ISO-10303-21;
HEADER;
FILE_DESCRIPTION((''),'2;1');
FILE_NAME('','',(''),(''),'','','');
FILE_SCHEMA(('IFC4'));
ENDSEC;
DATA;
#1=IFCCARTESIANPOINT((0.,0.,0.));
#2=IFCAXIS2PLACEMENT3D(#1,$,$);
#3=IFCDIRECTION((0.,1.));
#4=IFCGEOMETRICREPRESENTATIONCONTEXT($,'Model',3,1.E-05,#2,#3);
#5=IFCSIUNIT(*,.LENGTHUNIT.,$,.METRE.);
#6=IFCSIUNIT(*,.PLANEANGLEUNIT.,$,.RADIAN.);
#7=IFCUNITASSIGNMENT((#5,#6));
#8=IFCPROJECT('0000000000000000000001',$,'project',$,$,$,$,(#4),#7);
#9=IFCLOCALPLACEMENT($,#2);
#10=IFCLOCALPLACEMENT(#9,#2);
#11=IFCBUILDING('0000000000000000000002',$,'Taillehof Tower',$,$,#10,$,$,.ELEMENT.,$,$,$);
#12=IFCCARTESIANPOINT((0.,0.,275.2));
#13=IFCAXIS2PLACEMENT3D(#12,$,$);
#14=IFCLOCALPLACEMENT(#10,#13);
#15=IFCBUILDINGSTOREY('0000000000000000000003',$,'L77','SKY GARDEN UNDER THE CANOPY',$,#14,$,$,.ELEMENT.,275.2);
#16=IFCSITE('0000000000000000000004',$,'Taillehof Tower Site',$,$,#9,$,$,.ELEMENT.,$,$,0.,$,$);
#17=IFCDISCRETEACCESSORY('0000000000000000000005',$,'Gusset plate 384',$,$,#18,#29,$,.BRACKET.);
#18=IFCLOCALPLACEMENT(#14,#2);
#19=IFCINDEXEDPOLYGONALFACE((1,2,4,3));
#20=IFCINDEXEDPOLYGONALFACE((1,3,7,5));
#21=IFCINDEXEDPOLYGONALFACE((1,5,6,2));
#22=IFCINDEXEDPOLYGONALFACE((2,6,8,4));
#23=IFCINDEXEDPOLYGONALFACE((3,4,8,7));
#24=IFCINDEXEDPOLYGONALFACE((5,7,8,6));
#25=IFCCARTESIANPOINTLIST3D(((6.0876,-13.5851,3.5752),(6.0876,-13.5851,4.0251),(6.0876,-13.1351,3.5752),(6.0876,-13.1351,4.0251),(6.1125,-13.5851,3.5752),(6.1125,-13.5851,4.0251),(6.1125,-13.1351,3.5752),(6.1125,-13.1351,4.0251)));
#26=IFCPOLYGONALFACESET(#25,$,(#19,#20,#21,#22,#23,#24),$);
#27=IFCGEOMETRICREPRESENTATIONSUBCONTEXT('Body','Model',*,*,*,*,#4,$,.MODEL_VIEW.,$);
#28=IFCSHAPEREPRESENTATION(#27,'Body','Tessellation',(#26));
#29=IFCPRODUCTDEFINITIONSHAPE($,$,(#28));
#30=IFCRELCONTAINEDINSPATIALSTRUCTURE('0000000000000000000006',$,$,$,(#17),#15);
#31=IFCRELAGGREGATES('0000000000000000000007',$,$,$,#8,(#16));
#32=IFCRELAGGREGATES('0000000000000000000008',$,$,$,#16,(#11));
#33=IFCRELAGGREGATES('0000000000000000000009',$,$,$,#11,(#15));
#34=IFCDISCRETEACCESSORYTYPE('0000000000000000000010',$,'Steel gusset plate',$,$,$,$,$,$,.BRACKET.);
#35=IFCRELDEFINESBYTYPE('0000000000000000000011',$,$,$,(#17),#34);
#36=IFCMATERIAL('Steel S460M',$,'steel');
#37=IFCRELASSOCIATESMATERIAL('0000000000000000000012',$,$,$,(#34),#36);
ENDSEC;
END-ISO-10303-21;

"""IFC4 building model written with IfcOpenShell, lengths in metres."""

from ifc_helpers import new_model, si_unit, direction, frame, origin, origin_2d, place, context, subcontext, project, spatial, rectangle, extrude, material, type_object, element, save


model = new_model("IFC4")

# Units and contexts
model_context = context("Model", 3, precision=1e-05, world=origin(), true_north=direction((0.0, 1.0)))
body_context = subcontext(model_context, "Body", "Model", "MODEL_VIEW")
ifc_project = project(units=[si_unit("LENGTHUNIT", "METRE"), si_unit("PLANEANGLEUNIT", "RADIAN")], contexts=[model_context])

# Site, building, storey
site_placement = place(None, origin())
site = spatial("IfcSite", under=ifc_project, at=site_placement, Name="Taillehof Tower Site", CompositionType="ELEMENT", RefElevation=0.0)
building_placement = place(site_placement, origin())
building = spatial("IfcBuilding", under=site, at=building_placement, Name="Taillehof Tower", CompositionType="ELEMENT")
storey_placement = place(building_placement, frame((0.0, 0.0, 275.2)))
storey = spatial("IfcBuildingStorey", under=building, at=storey_placement, Name="L77", Description="SKY GARDEN UNDER THE CANOPY", CompositionType="ELEMENT", Elevation=275.2)

# Discrete accessory
ifc_material_1 = material(Name="Steel S460M", Category="steel")
discrete_accessory_type_1 = type_object("IfcDiscreteAccessoryType", Name="Steel gusset plate", PredefinedType="BRACKET", material=ifc_material_1)
discrete_accessory_placement = place(storey_placement, frame((6.1001, -13.3601, 3.5752), z_axis=(0.0, 0.0, 1.0), x_axis=(0.0, 1.0, 0.0)))
element("IfcDiscreteAccessory", 1, at=discrete_accessory_placement, inside=storey, type_object=discrete_accessory_type_1, Name="Gusset plate 384", PredefinedType="BRACKET", context=body_context, shape_type="SweptSolid", body=[
    extrude(rectangle(XDim=0.45, YDim=0.0249, at=origin_2d()), origin(), (0.0, 0.0, 1.0), 0.45),
])

save(model, "model.ifc")
